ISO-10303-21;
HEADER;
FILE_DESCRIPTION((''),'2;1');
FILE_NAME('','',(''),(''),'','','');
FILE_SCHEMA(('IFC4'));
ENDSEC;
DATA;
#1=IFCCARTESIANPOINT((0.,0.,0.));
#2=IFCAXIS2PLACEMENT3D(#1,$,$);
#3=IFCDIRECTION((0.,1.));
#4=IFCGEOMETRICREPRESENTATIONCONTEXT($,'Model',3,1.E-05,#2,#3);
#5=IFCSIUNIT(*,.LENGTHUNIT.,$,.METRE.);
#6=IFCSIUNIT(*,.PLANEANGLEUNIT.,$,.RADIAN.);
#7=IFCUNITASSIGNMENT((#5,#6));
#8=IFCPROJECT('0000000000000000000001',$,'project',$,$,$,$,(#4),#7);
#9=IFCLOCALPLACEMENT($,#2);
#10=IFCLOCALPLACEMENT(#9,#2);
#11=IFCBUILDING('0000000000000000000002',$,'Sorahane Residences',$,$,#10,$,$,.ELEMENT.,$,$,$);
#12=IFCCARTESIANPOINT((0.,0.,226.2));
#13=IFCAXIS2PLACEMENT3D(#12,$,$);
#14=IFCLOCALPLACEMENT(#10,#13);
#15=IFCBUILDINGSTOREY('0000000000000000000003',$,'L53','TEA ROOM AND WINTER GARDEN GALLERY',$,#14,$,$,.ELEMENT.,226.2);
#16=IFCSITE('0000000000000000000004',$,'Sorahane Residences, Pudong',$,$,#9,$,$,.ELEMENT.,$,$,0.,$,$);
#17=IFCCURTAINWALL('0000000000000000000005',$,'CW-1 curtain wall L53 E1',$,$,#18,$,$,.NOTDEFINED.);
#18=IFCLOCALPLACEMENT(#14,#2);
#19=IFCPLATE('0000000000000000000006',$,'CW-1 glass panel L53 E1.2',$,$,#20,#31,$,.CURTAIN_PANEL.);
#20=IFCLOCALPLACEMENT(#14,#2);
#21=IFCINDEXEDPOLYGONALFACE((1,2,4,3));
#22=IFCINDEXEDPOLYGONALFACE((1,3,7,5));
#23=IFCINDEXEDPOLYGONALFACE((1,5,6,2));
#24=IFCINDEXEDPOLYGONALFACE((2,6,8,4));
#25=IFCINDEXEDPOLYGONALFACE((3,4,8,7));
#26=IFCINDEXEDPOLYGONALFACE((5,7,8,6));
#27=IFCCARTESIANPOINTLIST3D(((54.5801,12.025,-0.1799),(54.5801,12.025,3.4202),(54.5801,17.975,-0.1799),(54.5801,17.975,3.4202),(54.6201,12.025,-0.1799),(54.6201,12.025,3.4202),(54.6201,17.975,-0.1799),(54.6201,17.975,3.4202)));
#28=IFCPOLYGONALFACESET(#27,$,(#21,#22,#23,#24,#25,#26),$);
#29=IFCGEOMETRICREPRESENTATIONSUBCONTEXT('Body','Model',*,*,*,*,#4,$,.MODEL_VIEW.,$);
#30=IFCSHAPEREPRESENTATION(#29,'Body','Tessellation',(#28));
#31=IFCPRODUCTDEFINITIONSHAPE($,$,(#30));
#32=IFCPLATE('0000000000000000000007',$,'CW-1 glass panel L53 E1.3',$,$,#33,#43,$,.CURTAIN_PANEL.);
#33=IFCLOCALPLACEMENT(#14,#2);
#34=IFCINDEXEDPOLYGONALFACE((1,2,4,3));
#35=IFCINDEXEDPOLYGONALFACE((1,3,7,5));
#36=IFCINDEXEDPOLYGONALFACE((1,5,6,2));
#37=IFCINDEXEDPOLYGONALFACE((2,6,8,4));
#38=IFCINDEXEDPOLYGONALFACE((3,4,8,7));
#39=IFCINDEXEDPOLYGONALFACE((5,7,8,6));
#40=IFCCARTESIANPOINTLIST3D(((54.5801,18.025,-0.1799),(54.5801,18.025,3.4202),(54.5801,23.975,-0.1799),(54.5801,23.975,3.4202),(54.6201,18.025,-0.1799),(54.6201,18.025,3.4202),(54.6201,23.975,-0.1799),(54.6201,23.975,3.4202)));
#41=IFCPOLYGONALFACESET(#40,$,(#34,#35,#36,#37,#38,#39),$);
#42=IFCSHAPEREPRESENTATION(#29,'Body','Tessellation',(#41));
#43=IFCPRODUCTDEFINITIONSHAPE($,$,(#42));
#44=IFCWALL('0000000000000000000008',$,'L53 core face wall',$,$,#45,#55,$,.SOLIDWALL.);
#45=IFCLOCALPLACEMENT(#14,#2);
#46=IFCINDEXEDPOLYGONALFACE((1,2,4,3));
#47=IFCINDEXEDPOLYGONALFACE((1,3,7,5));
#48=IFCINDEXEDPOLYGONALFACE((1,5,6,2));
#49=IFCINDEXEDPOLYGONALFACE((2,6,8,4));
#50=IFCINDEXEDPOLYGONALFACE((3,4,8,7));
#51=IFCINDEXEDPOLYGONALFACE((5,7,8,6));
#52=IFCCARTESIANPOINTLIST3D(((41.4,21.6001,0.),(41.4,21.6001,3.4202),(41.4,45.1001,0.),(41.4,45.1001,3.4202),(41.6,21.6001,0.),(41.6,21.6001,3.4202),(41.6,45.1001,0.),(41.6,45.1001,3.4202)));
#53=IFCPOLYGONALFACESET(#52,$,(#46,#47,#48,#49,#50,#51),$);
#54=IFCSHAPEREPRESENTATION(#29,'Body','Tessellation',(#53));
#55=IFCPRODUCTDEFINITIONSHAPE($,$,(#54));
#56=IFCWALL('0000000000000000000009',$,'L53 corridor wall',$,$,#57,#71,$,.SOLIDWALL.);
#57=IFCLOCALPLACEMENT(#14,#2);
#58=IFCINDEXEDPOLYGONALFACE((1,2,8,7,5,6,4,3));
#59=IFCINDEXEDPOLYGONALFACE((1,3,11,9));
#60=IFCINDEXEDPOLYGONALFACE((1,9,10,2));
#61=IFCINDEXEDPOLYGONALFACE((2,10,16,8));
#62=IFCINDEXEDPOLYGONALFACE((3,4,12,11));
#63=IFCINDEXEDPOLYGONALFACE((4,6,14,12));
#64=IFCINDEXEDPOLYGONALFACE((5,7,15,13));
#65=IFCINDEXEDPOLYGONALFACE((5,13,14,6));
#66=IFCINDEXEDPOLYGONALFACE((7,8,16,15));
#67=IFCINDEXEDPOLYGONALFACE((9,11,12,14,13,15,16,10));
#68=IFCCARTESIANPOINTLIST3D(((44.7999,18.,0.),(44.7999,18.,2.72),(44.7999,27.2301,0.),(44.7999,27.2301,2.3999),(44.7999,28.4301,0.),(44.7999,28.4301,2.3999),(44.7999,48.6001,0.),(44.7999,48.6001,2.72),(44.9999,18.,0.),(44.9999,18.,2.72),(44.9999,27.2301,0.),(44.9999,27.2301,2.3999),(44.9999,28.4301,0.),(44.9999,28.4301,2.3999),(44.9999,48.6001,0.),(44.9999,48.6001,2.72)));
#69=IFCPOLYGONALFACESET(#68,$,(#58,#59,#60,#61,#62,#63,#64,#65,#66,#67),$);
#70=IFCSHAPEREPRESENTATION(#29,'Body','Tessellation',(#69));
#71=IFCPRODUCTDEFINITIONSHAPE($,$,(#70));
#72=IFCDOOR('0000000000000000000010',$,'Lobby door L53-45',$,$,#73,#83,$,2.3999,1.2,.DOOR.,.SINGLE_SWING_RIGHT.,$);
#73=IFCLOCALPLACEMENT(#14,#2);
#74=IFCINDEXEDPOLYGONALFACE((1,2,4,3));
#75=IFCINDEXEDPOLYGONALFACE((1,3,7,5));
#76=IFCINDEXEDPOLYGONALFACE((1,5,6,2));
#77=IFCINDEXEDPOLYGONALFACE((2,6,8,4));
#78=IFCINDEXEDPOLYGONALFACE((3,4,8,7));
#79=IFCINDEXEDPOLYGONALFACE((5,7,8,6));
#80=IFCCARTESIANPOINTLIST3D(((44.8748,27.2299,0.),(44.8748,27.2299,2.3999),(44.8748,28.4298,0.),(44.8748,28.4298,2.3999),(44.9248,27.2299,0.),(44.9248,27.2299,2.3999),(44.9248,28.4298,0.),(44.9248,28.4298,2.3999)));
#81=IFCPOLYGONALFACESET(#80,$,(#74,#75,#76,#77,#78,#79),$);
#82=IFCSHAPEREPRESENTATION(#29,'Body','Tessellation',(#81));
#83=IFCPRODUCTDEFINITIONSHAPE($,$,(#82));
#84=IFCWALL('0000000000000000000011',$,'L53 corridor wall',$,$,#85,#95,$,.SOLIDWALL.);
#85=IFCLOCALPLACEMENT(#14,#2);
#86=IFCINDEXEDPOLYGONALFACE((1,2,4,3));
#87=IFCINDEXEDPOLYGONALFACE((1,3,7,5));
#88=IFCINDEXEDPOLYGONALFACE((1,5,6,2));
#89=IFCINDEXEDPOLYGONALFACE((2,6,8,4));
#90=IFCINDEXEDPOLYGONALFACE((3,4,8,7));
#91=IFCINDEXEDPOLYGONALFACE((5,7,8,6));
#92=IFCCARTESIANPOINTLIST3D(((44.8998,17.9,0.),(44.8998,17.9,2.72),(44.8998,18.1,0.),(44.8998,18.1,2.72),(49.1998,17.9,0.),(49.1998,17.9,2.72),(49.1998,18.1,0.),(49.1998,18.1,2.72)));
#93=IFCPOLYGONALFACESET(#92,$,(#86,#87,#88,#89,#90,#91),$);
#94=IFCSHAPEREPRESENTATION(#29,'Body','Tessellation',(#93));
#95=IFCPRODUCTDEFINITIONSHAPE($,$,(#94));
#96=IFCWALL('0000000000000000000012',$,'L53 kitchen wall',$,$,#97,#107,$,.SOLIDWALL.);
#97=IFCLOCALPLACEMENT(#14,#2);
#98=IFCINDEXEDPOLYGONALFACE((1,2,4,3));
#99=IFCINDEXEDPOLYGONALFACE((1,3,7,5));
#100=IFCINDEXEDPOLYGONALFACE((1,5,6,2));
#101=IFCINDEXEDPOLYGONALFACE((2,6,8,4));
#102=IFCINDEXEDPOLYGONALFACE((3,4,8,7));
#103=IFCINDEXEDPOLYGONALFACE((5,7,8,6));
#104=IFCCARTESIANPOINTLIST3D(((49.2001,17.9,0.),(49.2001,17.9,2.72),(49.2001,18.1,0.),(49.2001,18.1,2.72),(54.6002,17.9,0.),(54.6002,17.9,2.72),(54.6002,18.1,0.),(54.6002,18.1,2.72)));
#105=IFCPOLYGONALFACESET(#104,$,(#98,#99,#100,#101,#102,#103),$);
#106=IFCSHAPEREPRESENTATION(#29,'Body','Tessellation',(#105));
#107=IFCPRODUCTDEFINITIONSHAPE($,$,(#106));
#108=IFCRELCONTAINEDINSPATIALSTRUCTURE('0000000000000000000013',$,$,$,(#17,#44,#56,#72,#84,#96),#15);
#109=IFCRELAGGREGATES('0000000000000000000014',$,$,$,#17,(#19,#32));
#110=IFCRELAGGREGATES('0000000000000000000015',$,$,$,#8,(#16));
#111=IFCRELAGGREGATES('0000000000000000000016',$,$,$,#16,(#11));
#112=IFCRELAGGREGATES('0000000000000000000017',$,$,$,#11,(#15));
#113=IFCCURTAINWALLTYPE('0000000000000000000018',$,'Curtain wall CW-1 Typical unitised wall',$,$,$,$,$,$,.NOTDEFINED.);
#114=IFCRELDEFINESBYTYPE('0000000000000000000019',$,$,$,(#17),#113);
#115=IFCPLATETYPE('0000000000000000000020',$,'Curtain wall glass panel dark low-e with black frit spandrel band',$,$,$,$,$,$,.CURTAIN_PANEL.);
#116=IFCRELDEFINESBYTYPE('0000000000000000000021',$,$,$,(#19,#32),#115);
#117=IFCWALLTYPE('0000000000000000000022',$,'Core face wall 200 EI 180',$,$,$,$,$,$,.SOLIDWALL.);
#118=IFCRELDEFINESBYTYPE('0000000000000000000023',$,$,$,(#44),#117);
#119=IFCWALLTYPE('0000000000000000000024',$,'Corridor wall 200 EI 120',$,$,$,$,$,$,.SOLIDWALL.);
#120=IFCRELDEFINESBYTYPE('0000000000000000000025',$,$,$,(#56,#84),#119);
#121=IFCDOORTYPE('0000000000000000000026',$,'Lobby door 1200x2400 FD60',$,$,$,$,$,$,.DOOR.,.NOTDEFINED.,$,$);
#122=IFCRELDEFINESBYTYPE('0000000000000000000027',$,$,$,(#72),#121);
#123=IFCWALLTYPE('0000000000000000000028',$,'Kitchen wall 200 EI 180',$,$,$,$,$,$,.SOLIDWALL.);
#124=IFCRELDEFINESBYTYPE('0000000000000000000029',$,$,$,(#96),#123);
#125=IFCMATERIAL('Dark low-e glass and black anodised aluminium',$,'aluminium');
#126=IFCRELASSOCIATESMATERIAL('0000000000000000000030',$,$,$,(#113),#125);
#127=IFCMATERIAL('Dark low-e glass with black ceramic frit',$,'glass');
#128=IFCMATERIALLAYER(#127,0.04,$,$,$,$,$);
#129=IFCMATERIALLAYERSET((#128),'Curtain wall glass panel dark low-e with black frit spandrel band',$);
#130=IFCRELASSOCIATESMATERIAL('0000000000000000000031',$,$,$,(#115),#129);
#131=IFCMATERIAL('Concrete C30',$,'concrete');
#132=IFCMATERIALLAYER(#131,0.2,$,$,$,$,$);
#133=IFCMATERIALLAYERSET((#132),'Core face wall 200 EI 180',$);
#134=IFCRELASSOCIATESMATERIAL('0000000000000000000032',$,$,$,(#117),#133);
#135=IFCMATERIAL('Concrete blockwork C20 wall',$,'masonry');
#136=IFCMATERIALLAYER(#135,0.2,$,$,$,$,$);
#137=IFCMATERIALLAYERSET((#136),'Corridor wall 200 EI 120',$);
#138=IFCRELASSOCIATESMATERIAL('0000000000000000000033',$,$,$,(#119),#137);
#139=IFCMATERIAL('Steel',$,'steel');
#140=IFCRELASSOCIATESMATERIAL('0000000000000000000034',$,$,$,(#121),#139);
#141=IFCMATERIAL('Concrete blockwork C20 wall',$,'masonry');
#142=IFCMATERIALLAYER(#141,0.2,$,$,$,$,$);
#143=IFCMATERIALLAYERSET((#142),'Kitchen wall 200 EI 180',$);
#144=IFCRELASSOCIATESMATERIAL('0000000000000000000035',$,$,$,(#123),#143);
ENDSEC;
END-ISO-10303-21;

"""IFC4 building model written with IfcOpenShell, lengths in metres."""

from ifc_helpers import new_model, si_unit, direction, frame, frame_2d, origin, origin_2d, place, context, subcontext, project, spatial, rectangle, extrude, material, layer, layer_set, type_object, element, fill, aggregate, save


model = new_model("IFC4")

# Units and contexts
model_context = context("Model", 3, precision=1e-05, world=origin(), true_north=direction((0.0, 1.0)))
body_context = subcontext(model_context, "Body", "Model", "MODEL_VIEW")
ifc_project = project(units=[si_unit("LENGTHUNIT", "METRE"), si_unit("PLANEANGLEUNIT", "RADIAN")], contexts=[model_context])

# Site, building, storey
site_placement = place(None, origin())
site = spatial("IfcSite", under=ifc_project, at=site_placement, Name="Sorahane Residences, Pudong", CompositionType="ELEMENT", RefElevation=0.0)
building_placement = place(site_placement, origin())
building = spatial("IfcBuilding", under=site, at=building_placement, Name="Sorahane Residences", CompositionType="ELEMENT")
storey_placement = place(building_placement, frame((0.0, 0.0, 226.2)))
storey = spatial("IfcBuildingStorey", under=building, at=storey_placement, Name="L53", Description="TEA ROOM AND WINTER GARDEN GALLERY", CompositionType="ELEMENT", Elevation=226.2)

# Curtain wall
ifc_material_1 = material(Name="Dark low-e glass and black anodised aluminium", Category="aluminium")
curtain_wall_type = type_object("IfcCurtainWallType", Name="Curtain wall CW-1 Typical unitised wall", PredefinedType="NOTDEFINED", material=ifc_material_1)
curtain_wall_placement = place(storey_placement, origin())
curtain_wall = element("IfcCurtainWall", 1, at=curtain_wall_placement, inside=storey, type_object=curtain_wall_type, Name="CW-1 curtain wall L53 E1", PredefinedType="NOTDEFINED")

# Plates
ifc_material_2 = material(Name="Dark low-e glass with black ceramic frit", Category="glass")
ifc_layer_1 = layer(ifc_material_2, 0.04)
ifc_layer_set_1 = layer_set([ifc_layer_1], Name="Curtain wall glass panel dark low-e with black frit spandrel band")
plate_type = type_object("IfcPlateType", Name="Curtain wall glass panel dark low-e with black frit spandrel band", PredefinedType="CURTAIN_PANEL", material=ifc_layer_set_1)
plate_1_placement = place(storey_placement, frame((54.6001, 15.0, -0.1799), z_axis=(0.0, 0.0, 1.0), x_axis=(0.0, 1.0, 0.0)))
plate_1 = element("IfcPlate", 2, at=plate_1_placement, type_object=plate_type, Name="CW-1 glass panel L53 E1.2", PredefinedType="CURTAIN_PANEL", context=body_context, shape_type="SweptSolid", body=[
    extrude(rectangle(XDim=5.95, YDim=0.04, at=origin_2d()), origin(), (0.0, 0.0, 1.0), 3.6001),
])
plate_2_placement = place(storey_placement, frame((54.6001, 21.0, -0.1799), z_axis=(0.0, 0.0, 1.0), x_axis=(0.0, 1.0, 0.0)))
plate_2 = element("IfcPlate", 3, at=plate_2_placement, type_object=plate_type, Name="CW-1 glass panel L53 E1.3", PredefinedType="CURTAIN_PANEL", context=body_context, shape_type="SweptSolid", body=[
    extrude(rectangle(XDim=5.95, YDim=0.04, at=origin_2d()), origin(), (0.0, 0.0, 1.0), 3.6001),
])
aggregate(curtain_wall, [plate_1, plate_2])

# Wall
ifc_material_3 = material(Name="Concrete C30", Category="concrete")
ifc_layer_2 = layer(ifc_material_3, 0.2)
ifc_layer_set_2 = layer_set([ifc_layer_2], Name="Core face wall 200 EI 180")
wall_type_1 = type_object("IfcWallType", Name="Core face wall 200 EI 180", PredefinedType="SOLIDWALL", material=ifc_layer_set_2)
wall_1_placement = place(storey_placement, frame((41.5, 21.6001, 0.0), z_axis=(0.0, 0.0, 1.0), x_axis=(0.0, 1.0, 0.0)))
element("IfcWall", 4, at=wall_1_placement, inside=storey, type_object=wall_type_1, Name="L53 core face wall", PredefinedType="SOLIDWALL", context=body_context, shape_type="SweptSolid", body=[
    extrude(rectangle(XDim=23.5, YDim=0.2, at=frame_2d((11.75, 0.0))), origin(), (0.0, 0.0, 1.0), 3.4202),
])

# Wall, opening, door
ifc_material_4 = material(Name="Concrete blockwork C20 wall", Category="masonry")
ifc_layer_3 = layer(ifc_material_4, 0.2)
ifc_layer_set_3 = layer_set([ifc_layer_3], Name="Corridor wall 200 EI 120")
wall_type_2 = type_object("IfcWallType", Name="Corridor wall 200 EI 120", PredefinedType="SOLIDWALL", material=ifc_layer_set_3)
wall_2_placement = place(storey_placement, frame((44.8999, 18.0, 0.0), z_axis=(0.0, 0.0, 1.0), x_axis=(0.0, 1.0, 0.0)))
wall_2 = element("IfcWall", 5, at=wall_2_placement, inside=storey, type_object=wall_type_2, Name="L53 corridor wall", PredefinedType="SOLIDWALL", context=body_context, shape_type="SweptSolid", body=[
    extrude(rectangle(XDim=30.6001, YDim=0.2, at=frame_2d((15.3, 0.0))), origin(), (0.0, 0.0, 1.0), 2.72),
])
opening_1_placement = place(wall_2_placement, frame((9.23, 0.0, 0.0)))
opening_1 = element("IfcOpeningElement", 6, at=opening_1_placement, cuts=wall_2, PredefinedType="OPENING", context=body_context, shape_type="SweptSolid", body=[
    extrude(rectangle(XDim=1.2, YDim=2.3999, at=frame_2d((0.6001, 1.2))), frame((0.0, 0.1099, 0.0), z_axis=(0.0, -1.0, 0.0), x_axis=(1.0, 0.0, 0.0)), (0.0, 0.0, 1.0), 0.22),
])
ifc_material_5 = material(Name="Steel", Category="steel")
door_type_1 = type_object("IfcDoorType", Name="Lobby door 1200x2400 FD60", OperationType="NOTDEFINED", PredefinedType="DOOR", material=ifc_material_5)
door_1_placement = place(opening_1_placement, frame((1.2, 0.0, 0.0), z_axis=(0.0, 0.0, 1.0), x_axis=(-1.0, 0.0, 0.0)))
door_1 = element("IfcDoor", 7, at=door_1_placement, inside=storey, type_object=door_type_1, Name="Lobby door L53-45", OperationType="SINGLE_SWING_RIGHT", OverallHeight=2.3999, OverallWidth=1.2, PredefinedType="DOOR", context=body_context, shape_type="SweptSolid", body=[
    extrude(rectangle(XDim=1.2, YDim=2.3999, at=frame_2d((0.6001, 1.2))), frame((0.0, 0.0249, 0.0), z_axis=(0.0, -1.0, 0.0), x_axis=(1.0, 0.0, 0.0)), (0.0, 0.0, 1.0), 0.05),
])
fill(opening_1, door_1)

# Walls
wall_3_placement = place(storey_placement, frame((44.8999, 18.0, 0.0), z_axis=(0.0, 0.0, 1.0), x_axis=(1.0, 0.0, 0.0)))
element("IfcWall", 8, at=wall_3_placement, inside=storey, type_object=wall_type_2, Name="L53 corridor wall", PredefinedType="SOLIDWALL", context=body_context, shape_type="SweptSolid", body=[
    extrude(rectangle(XDim=4.3, YDim=0.2, at=frame_2d((2.1499, 0.0))), origin(), (0.0, 0.0, 1.0), 2.72),
])
ifc_material_6 = material(Name="Concrete blockwork C20 wall", Category="masonry")
ifc_layer_4 = layer(ifc_material_6, 0.2)
ifc_layer_set_4 = layer_set([ifc_layer_4], Name="Kitchen wall 200 EI 180")
wall_type_3 = type_object("IfcWallType", Name="Kitchen wall 200 EI 180", PredefinedType="SOLIDWALL", material=ifc_layer_set_4)
wall_4_placement = place(storey_placement, frame((49.2, 18.0, 0.0), z_axis=(0.0, 0.0, 1.0), x_axis=(1.0, 0.0, 0.0)))
element("IfcWall", 9, at=wall_4_placement, inside=storey, type_object=wall_type_3, Name="L53 kitchen wall", PredefinedType="SOLIDWALL", context=body_context, shape_type="SweptSolid", body=[
    extrude(rectangle(XDim=5.4001, YDim=0.2, at=frame_2d((2.7002, 0.0))), origin(), (0.0, 0.0, 1.0), 2.72),
])

save(model, "model.ifc")
